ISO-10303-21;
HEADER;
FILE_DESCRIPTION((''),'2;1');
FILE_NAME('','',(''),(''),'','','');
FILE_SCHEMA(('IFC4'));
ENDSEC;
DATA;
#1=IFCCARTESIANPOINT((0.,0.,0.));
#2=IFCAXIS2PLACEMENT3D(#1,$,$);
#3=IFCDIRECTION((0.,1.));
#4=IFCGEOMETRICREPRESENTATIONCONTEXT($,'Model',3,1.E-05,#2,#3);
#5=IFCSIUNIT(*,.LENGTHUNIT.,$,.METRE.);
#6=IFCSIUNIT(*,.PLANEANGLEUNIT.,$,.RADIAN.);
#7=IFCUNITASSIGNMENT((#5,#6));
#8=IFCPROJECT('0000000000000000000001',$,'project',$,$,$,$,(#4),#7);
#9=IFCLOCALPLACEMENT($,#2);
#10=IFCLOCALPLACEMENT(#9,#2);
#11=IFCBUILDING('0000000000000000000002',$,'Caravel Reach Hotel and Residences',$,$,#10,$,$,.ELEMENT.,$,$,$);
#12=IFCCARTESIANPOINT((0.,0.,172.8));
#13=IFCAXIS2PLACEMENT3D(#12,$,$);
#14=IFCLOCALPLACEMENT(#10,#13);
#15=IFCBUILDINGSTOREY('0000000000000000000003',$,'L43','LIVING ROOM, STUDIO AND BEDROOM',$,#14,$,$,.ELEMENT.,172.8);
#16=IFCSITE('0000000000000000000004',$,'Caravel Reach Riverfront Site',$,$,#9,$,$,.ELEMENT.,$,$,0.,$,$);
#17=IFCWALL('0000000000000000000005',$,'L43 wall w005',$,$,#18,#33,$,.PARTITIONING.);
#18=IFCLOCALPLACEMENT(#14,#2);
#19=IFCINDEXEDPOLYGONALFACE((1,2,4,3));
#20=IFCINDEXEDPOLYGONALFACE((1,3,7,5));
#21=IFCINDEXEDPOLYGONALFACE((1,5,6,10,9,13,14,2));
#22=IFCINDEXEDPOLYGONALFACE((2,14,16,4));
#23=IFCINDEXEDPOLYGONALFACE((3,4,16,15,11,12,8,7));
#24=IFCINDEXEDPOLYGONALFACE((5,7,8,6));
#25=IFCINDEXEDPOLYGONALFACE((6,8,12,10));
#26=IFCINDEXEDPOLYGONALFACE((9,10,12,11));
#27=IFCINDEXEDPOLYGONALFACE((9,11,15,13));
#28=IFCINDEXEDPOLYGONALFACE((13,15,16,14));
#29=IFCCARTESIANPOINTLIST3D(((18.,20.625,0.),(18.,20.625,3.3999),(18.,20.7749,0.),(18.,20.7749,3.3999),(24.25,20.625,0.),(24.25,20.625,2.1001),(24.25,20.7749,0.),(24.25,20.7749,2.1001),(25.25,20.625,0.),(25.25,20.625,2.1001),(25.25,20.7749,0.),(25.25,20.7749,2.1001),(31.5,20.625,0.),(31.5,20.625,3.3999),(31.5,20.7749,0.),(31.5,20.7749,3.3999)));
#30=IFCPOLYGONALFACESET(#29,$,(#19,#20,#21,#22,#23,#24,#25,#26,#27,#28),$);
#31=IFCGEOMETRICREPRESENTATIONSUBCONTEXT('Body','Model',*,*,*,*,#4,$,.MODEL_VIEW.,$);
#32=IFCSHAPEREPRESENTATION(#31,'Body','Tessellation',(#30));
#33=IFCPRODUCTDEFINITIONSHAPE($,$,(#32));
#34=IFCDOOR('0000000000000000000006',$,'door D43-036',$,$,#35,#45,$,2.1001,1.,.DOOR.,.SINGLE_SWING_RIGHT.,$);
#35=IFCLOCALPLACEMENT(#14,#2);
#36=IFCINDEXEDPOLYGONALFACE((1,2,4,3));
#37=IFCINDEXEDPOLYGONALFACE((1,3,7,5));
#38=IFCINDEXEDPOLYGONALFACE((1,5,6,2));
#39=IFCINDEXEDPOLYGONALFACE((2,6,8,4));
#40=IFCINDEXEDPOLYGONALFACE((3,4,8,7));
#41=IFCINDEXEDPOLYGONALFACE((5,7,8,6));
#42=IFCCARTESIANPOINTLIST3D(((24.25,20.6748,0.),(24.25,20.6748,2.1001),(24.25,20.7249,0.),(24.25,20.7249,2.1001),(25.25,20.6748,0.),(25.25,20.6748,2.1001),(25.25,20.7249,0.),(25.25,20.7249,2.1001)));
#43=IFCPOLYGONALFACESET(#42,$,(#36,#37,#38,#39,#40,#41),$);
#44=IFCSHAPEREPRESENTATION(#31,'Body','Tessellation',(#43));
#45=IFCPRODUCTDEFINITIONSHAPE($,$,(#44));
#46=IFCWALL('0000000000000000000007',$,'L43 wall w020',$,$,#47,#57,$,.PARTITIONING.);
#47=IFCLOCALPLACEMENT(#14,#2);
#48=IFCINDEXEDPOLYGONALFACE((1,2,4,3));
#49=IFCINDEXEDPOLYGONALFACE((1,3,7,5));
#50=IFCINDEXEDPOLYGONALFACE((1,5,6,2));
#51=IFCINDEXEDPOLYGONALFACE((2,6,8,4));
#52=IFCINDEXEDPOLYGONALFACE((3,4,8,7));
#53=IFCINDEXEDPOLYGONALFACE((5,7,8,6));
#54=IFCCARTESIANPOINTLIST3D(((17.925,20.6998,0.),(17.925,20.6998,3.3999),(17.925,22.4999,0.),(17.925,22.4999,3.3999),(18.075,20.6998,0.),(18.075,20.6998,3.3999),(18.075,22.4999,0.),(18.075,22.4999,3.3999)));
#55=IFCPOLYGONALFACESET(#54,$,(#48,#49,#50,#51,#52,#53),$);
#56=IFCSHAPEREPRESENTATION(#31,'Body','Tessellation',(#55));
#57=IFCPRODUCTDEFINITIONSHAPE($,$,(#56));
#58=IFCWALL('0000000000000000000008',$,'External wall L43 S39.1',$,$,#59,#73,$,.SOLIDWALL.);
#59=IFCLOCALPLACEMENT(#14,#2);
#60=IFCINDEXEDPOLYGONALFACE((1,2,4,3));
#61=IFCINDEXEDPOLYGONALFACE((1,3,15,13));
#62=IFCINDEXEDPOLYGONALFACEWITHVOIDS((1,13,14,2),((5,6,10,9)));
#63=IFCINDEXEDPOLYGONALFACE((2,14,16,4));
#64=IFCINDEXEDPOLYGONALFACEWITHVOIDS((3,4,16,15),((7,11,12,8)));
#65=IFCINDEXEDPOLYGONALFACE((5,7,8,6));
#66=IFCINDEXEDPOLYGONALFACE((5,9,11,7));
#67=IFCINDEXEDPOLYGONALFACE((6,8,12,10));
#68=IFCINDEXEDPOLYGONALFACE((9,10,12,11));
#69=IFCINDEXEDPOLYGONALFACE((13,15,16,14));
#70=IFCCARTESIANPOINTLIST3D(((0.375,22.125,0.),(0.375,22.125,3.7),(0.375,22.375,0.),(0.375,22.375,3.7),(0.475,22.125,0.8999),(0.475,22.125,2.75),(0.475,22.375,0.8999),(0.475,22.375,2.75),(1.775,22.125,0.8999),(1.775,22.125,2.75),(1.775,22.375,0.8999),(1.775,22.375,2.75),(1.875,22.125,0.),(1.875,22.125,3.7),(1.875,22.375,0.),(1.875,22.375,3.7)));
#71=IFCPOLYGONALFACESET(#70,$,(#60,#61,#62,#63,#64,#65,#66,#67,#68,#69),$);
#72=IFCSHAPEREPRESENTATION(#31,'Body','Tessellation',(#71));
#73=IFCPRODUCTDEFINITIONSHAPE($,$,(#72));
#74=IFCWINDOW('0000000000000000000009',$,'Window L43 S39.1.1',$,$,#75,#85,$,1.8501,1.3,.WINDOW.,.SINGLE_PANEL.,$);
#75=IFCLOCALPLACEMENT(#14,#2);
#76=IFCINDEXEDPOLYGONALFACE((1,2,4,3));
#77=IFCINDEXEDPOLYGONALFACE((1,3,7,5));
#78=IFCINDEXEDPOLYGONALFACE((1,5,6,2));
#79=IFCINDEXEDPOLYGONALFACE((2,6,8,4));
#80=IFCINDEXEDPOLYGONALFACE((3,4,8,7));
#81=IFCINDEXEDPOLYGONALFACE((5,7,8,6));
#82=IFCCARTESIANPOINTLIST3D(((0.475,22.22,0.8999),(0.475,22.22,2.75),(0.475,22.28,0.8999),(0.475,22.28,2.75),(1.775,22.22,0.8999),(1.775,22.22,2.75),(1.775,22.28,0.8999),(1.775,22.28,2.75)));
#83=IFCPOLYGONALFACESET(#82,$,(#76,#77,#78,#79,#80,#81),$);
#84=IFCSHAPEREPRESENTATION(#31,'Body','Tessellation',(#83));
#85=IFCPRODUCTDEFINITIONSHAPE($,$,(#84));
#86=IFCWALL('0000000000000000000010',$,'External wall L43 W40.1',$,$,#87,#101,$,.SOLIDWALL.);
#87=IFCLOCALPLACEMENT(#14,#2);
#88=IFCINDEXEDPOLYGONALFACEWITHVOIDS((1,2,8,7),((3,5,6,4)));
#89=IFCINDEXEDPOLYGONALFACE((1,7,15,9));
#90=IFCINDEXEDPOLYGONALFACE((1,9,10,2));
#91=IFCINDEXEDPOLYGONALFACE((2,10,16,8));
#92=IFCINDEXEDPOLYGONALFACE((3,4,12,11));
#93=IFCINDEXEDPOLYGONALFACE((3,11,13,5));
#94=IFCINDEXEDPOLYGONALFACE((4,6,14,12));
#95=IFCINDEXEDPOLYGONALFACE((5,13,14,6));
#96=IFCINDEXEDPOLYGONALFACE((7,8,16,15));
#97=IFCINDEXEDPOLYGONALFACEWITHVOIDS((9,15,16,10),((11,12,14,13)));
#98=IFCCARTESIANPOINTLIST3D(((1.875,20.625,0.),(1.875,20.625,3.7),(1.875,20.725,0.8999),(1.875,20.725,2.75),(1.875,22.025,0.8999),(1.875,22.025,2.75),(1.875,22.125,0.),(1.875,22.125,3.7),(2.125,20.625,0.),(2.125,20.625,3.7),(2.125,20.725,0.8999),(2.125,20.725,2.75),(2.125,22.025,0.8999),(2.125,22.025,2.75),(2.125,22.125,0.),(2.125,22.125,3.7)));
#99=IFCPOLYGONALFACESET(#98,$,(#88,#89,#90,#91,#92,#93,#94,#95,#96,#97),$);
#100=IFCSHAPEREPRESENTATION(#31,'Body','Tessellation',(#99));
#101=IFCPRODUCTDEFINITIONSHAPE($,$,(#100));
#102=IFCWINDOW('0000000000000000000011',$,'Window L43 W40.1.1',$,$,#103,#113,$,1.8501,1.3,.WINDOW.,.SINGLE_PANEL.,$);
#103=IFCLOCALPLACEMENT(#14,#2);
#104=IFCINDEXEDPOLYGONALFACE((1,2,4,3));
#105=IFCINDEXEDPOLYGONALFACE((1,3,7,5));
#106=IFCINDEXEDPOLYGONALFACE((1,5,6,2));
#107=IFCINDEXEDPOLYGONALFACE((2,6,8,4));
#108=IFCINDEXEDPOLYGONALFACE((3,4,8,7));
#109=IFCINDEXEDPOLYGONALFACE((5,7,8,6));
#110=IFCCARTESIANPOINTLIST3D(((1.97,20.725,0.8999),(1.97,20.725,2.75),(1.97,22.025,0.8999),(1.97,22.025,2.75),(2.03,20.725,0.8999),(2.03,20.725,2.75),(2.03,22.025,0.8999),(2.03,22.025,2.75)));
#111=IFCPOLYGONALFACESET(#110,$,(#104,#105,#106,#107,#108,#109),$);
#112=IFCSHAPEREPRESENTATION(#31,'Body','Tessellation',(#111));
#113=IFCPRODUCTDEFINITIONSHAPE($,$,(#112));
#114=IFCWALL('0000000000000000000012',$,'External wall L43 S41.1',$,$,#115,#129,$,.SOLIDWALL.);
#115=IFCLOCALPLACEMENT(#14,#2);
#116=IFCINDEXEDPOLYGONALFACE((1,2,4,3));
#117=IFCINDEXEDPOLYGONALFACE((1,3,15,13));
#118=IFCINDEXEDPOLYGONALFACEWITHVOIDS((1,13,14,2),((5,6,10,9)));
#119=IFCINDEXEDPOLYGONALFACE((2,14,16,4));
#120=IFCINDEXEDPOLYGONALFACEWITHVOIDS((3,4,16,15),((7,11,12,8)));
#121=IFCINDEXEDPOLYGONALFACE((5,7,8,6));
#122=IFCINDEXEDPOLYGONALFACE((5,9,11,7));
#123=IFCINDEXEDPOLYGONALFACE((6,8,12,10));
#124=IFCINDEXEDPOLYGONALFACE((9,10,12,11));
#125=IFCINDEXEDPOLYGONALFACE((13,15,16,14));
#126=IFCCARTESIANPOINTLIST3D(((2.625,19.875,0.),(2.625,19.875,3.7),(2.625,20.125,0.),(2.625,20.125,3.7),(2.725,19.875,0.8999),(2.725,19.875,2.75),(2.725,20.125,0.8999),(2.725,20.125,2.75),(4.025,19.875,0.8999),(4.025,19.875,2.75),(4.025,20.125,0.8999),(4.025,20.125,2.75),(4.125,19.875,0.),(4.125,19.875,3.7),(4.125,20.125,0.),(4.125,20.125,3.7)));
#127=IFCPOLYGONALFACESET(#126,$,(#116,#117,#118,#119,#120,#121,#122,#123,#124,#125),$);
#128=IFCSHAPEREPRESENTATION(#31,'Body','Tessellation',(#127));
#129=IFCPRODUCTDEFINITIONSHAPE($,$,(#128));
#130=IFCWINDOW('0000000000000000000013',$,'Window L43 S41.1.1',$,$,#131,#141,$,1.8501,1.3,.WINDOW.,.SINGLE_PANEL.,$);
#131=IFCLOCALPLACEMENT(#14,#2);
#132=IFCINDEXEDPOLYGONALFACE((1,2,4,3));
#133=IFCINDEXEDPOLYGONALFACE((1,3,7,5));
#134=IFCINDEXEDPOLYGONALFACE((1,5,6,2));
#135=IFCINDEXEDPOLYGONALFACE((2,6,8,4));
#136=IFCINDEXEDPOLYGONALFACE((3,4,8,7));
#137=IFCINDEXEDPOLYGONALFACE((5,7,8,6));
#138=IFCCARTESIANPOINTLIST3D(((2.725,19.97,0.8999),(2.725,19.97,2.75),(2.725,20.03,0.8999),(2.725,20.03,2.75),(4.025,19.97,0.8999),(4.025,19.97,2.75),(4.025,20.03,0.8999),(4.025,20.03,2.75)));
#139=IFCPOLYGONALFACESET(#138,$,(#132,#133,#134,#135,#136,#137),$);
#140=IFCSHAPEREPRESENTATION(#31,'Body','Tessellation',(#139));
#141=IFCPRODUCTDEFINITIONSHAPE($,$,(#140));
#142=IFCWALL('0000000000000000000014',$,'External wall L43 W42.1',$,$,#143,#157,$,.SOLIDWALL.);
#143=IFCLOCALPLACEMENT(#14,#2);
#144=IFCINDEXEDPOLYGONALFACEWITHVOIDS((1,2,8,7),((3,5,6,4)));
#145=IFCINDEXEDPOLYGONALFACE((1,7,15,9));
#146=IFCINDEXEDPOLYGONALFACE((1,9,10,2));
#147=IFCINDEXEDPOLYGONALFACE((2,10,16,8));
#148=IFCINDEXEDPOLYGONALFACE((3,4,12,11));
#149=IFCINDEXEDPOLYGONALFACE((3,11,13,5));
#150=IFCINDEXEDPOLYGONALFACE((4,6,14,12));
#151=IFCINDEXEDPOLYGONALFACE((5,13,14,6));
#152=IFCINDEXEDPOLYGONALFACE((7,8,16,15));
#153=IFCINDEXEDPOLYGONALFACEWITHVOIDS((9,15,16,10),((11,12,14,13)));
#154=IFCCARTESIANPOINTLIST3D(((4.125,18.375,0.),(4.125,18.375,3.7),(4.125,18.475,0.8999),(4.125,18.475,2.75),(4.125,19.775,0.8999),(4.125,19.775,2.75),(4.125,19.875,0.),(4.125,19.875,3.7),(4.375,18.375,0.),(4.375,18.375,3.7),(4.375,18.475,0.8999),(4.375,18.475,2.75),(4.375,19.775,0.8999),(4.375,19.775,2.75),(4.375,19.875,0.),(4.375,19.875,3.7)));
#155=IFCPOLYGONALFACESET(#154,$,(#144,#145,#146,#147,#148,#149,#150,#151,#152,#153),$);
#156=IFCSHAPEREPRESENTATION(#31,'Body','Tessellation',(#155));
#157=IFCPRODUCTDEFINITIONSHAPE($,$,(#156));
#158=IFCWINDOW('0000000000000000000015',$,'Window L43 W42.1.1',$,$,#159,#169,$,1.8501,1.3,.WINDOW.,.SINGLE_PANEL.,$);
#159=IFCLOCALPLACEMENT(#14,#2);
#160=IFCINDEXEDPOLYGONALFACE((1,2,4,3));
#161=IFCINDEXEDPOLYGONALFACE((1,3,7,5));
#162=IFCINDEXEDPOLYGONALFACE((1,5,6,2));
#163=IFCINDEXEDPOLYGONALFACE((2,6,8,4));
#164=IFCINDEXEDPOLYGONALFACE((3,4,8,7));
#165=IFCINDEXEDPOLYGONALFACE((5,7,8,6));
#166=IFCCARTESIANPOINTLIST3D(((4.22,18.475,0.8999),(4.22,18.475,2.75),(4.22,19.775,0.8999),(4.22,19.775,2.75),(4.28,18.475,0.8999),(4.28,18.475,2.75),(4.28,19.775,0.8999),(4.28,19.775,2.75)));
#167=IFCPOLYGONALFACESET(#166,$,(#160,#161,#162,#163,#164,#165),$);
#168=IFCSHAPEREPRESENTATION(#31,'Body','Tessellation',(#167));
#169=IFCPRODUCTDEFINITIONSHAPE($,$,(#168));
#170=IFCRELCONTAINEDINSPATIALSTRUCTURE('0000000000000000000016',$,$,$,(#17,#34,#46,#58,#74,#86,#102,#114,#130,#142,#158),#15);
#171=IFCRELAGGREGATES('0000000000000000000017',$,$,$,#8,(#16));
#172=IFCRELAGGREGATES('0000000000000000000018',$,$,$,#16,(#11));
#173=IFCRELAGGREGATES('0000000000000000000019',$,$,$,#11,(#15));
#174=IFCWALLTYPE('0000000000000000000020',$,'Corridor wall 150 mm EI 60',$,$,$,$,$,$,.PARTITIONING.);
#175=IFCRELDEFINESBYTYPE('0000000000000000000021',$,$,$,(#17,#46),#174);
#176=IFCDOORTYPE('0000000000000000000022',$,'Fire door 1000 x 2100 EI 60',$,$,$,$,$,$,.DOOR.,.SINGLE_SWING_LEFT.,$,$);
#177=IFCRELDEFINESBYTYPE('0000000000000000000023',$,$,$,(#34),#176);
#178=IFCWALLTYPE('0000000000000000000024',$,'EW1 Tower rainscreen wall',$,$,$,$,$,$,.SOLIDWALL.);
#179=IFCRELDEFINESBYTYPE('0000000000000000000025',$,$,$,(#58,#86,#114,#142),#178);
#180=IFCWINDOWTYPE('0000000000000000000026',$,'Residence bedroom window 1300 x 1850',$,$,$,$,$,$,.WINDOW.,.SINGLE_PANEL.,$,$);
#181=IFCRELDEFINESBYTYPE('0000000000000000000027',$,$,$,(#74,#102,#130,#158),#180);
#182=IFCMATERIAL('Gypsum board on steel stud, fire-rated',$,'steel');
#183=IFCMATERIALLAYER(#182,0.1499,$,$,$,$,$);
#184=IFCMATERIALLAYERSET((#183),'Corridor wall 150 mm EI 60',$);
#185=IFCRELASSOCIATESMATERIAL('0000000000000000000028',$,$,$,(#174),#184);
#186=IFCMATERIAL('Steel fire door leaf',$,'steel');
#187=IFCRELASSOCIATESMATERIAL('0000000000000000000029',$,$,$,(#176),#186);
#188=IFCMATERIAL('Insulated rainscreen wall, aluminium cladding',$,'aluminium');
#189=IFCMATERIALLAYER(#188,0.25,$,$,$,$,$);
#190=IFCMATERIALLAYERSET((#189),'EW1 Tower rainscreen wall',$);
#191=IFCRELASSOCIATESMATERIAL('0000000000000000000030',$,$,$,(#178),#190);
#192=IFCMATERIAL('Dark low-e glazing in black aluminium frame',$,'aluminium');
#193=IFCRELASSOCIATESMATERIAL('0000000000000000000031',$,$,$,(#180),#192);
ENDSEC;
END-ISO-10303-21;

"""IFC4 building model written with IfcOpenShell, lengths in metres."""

from ifc_helpers import new_model, si_unit, direction, frame, frame_2d, origin, place, context, subcontext, project, spatial, rectangle, extrude, material, layer, layer_set, type_object, element, fill, save


model = new_model("IFC4")

# Units and contexts
model_context = context("Model", 3, precision=1e-05, world=origin(), true_north=direction((0.0, 1.0)))
body_context = subcontext(model_context, "Body", "Model", "MODEL_VIEW")
ifc_project = project(units=[si_unit("LENGTHUNIT", "METRE"), si_unit("PLANEANGLEUNIT", "RADIAN")], contexts=[model_context])

# Site, building, storey
site_placement = place(None, origin())
site = spatial("IfcSite", under=ifc_project, at=site_placement, Name="Caravel Reach Riverfront Site", CompositionType="ELEMENT", RefElevation=0.0)
building_placement = place(site_placement, origin())
building = spatial("IfcBuilding", under=site, at=building_placement, Name="Caravel Reach Hotel and Residences", CompositionType="ELEMENT")
storey_placement = place(building_placement, frame((0.0, 0.0, 172.8)))
storey = spatial("IfcBuildingStorey", under=building, at=storey_placement, Name="L43", Description="LIVING ROOM, STUDIO AND BEDROOM", CompositionType="ELEMENT", Elevation=172.8)

# Wall, opening, door
ifc_material_1 = material(Name="Gypsum board on steel stud, fire-rated", Category="steel")
ifc_layer_1 = layer(ifc_material_1, 0.1499)
ifc_layer_set_1 = layer_set([ifc_layer_1], Name="Corridor wall 150 mm EI 60")
wall_type_1 = type_object("IfcWallType", Name="Corridor wall 150 mm EI 60", PredefinedType="PARTITIONING", material=ifc_layer_set_1)
wall_1_placement = place(storey_placement, frame((18.0, 20.7, 0.0), z_axis=(0.0, 0.0, 1.0), x_axis=(1.0, 0.0, 0.0)))
wall_1 = element("IfcWall", 1, at=wall_1_placement, inside=storey, type_object=wall_type_1, Name="L43 wall w005", PredefinedType="PARTITIONING", context=body_context, shape_type="SweptSolid", body=[
    extrude(rectangle(XDim=13.5, YDim=0.1499, at=frame_2d((6.75, 0.0))), origin(), (0.0, 0.0, 1.0), 3.3999),
])
opening_1_placement = place(wall_1_placement, frame((6.25, 0.0, 0.0)))
opening_1 = element("IfcOpeningElement", 2, at=opening_1_placement, cuts=wall_1, PredefinedType="OPENING", context=body_context, shape_type="SweptSolid", body=[
    extrude(rectangle(XDim=1.0, YDim=2.1001, at=frame_2d((0.5, 1.05))), frame((0.0, 0.085, 0.0), z_axis=(0.0, -1.0, 0.0), x_axis=(1.0, 0.0, 0.0)), (0.0, 0.0, 1.0), 0.1699),
])
ifc_material_2 = material(Name="Steel fire door leaf", Category="steel")
door_type = type_object("IfcDoorType", Name="Fire door 1000 x 2100 EI 60", OperationType="SINGLE_SWING_LEFT", PredefinedType="DOOR", material=ifc_material_2)
door_placement = place(opening_1_placement, origin())
door = element("IfcDoor", 3, at=door_placement, inside=storey, type_object=door_type, Name="door D43-036", OperationType="SINGLE_SWING_RIGHT", OverallHeight=2.1001, OverallWidth=1.0, PredefinedType="DOOR", context=body_context, shape_type="SweptSolid", body=[
    extrude(rectangle(XDim=1.0, YDim=2.1001, at=frame_2d((0.5, 1.05))), frame((0.0, 0.0249, 0.0), z_axis=(0.0, -1.0, 0.0), x_axis=(1.0, 0.0, 0.0)), (0.0, 0.0, 1.0), 0.05),
])
fill(opening_1, door)

# Wall
wall_2_placement = place(storey_placement, frame((18.0, 20.7, 0.0), z_axis=(0.0, 0.0, 1.0), x_axis=(0.0, 1.0, 0.0)))
element("IfcWall", 4, at=wall_2_placement, inside=storey, type_object=wall_type_1, Name="L43 wall w020", PredefinedType="PARTITIONING", context=body_context, shape_type="SweptSolid", body=[
    extrude(rectangle(XDim=1.8, YDim=0.1499, at=frame_2d((0.8999, 0.0))), origin(), (0.0, 0.0, 1.0), 3.3999),
])

# Walls, openings, windows
ifc_material_3 = material(Name="Insulated rainscreen wall, aluminium cladding", Category="aluminium")
ifc_layer_2 = layer(ifc_material_3, 0.25)
ifc_layer_set_2 = layer_set([ifc_layer_2], Name="EW1 Tower rainscreen wall")
wall_type_2 = type_object("IfcWallType", Name="EW1 Tower rainscreen wall", PredefinedType="SOLIDWALL", material=ifc_layer_set_2)
wall_3_placement = place(storey_placement, frame((0.375, 22.25, 0.0), z_axis=(0.0, 0.0, 1.0), x_axis=(1.0, 0.0, 0.0)))
wall_3 = element("IfcWall", 5, at=wall_3_placement, inside=storey, type_object=wall_type_2, Name="External wall L43 S39.1", PredefinedType="SOLIDWALL", context=body_context, shape_type="SweptSolid", body=[
    extrude(rectangle(XDim=1.5, YDim=0.25, at=frame_2d((0.75, 0.0))), origin(), (0.0, 0.0, 1.0), 3.7),
])
opening_2_placement = place(wall_3_placement, frame((0.1001, 0.0, 0.8999)))
opening_2 = element("IfcOpeningElement", 6, at=opening_2_placement, cuts=wall_3, PredefinedType="OPENING", context=body_context, shape_type="SweptSolid", body=[
    extrude(rectangle(XDim=1.3, YDim=1.8501, at=frame_2d((0.6499, 0.925))), frame((0.0, 0.135, 0.0), z_axis=(0.0, -1.0, 0.0), x_axis=(1.0, 0.0, 0.0)), (0.0, 0.0, 1.0), 0.27),
])
ifc_material_4 = material(Name="Dark low-e glazing in black aluminium frame", Category="aluminium")
window_type_1 = type_object("IfcWindowType", Name="Residence bedroom window 1300 x 1850", PartitioningType="SINGLE_PANEL", PredefinedType="WINDOW", material=ifc_material_4)
window_1_placement = place(opening_2_placement, origin())
window_1 = element("IfcWindow", 7, at=window_1_placement, inside=storey, type_object=window_type_1, Name="Window L43 S39.1.1", OverallHeight=1.8501, OverallWidth=1.3, PartitioningType="SINGLE_PANEL", PredefinedType="WINDOW", context=body_context, shape_type="SweptSolid", body=[
    extrude(rectangle(XDim=1.3, YDim=1.8501, at=frame_2d((0.6499, 0.925))), frame((0.0, 0.03, 0.0), z_axis=(0.0, -1.0, 0.0), x_axis=(1.0, 0.0, 0.0)), (0.0, 0.0, 1.0), 0.0601),
])
fill(opening_2, window_1)
wall_4_placement = place(storey_placement, frame((2.0, 22.125, 0.0), z_axis=(0.0, 0.0, 1.0), x_axis=(0.0, -1.0, 0.0)))
wall_4 = element("IfcWall", 8, at=wall_4_placement, inside=storey, type_object=wall_type_2, Name="External wall L43 W40.1", PredefinedType="SOLIDWALL", context=body_context, shape_type="SweptSolid", body=[
    extrude(rectangle(XDim=1.5, YDim=0.25, at=frame_2d((0.75, 0.0))), origin(), (0.0, 0.0, 1.0), 3.7),
])
opening_3_placement = place(wall_4_placement, frame((0.1001, 0.0, 0.8999)))
opening_3 = element("IfcOpeningElement", 9, at=opening_3_placement, cuts=wall_4, PredefinedType="OPENING", context=body_context, shape_type="SweptSolid", body=[
    extrude(rectangle(XDim=1.3, YDim=1.8501, at=frame_2d((0.6499, 0.925))), frame((0.0, 0.135, 0.0), z_axis=(0.0, -1.0, 0.0), x_axis=(1.0, 0.0, 0.0)), (0.0, 0.0, 1.0), 0.27),
])
window_2_placement = place(opening_3_placement, origin())
window_2 = element("IfcWindow", 10, at=window_2_placement, inside=storey, type_object=window_type_1, Name="Window L43 W40.1.1", OverallHeight=1.8501, OverallWidth=1.3, PartitioningType="SINGLE_PANEL", PredefinedType="WINDOW", context=body_context, shape_type="SweptSolid", body=[
    extrude(rectangle(XDim=1.3, YDim=1.8501, at=frame_2d((0.6499, 0.925))), frame((0.0, 0.03, 0.0), z_axis=(0.0, -1.0, 0.0), x_axis=(1.0, 0.0, 0.0)), (0.0, 0.0, 1.0), 0.0601),
])
fill(opening_3, window_2)
wall_5_placement = place(storey_placement, frame((2.625, 20.0, 0.0), z_axis=(0.0, 0.0, 1.0), x_axis=(1.0, 0.0, 0.0)))
wall_5 = element("IfcWall", 11, at=wall_5_placement, inside=storey, type_object=wall_type_2, Name="External wall L43 S41.1", PredefinedType="SOLIDWALL", context=body_context, shape_type="SweptSolid", body=[
    extrude(rectangle(XDim=1.5, YDim=0.25, at=frame_2d((0.75, 0.0))), origin(), (0.0, 0.0, 1.0), 3.7),
])
opening_4_placement = place(wall_5_placement, frame((0.1001, 0.0, 0.8999)))
opening_4 = element("IfcOpeningElement", 12, at=opening_4_placement, cuts=wall_5, PredefinedType="OPENING", context=body_context, shape_type="SweptSolid", body=[
    extrude(rectangle(XDim=1.3, YDim=1.8501, at=frame_2d((0.6499, 0.925))), frame((0.0, 0.135, 0.0), z_axis=(0.0, -1.0, 0.0), x_axis=(1.0, 0.0, 0.0)), (0.0, 0.0, 1.0), 0.27),
])
window_3_placement = place(opening_4_placement, origin())
window_3 = element("IfcWindow", 13, at=window_3_placement, inside=storey, type_object=window_type_1, Name="Window L43 S41.1.1", OverallHeight=1.8501, OverallWidth=1.3, PartitioningType="SINGLE_PANEL", PredefinedType="WINDOW", context=body_context, shape_type="SweptSolid", body=[
    extrude(rectangle(XDim=1.3, YDim=1.8501, at=frame_2d((0.6499, 0.925))), frame((0.0, 0.03, 0.0), z_axis=(0.0, -1.0, 0.0), x_axis=(1.0, 0.0, 0.0)), (0.0, 0.0, 1.0), 0.0601),
])
fill(opening_4, window_3)
wall_6_placement = place(storey_placement, frame((4.25, 19.875, 0.0), z_axis=(0.0, 0.0, 1.0), x_axis=(0.0, -1.0, 0.0)))
wall_6 = element("IfcWall", 14, at=wall_6_placement, inside=storey, type_object=wall_type_2, Name="External wall L43 W42.1", PredefinedType="SOLIDWALL", context=body_context, shape_type="SweptSolid", body=[
    extrude(rectangle(XDim=1.5, YDim=0.25, at=frame_2d((0.75, 0.0))), origin(), (0.0, 0.0, 1.0), 3.7),
])
opening_5_placement = place(wall_6_placement, frame((0.1001, 0.0, 0.8999)))
opening_5 = element("IfcOpeningElement", 15, at=opening_5_placement, cuts=wall_6, PredefinedType="OPENING", context=body_context, shape_type="SweptSolid", body=[
    extrude(rectangle(XDim=1.3, YDim=1.8501, at=frame_2d((0.6499, 0.925))), frame((0.0, 0.135, 0.0), z_axis=(0.0, -1.0, 0.0), x_axis=(1.0, 0.0, 0.0)), (0.0, 0.0, 1.0), 0.27),
])
window_4_placement = place(opening_5_placement, origin())
window_4 = element("IfcWindow", 16, at=window_4_placement, inside=storey, type_object=window_type_1, Name="Window L43 W42.1.1", OverallHeight=1.8501, OverallWidth=1.3, PartitioningType="SINGLE_PANEL", PredefinedType="WINDOW", context=body_context, shape_type="SweptSolid", body=[
    extrude(rectangle(XDim=1.3, YDim=1.8501, at=frame_2d((0.6499, 0.925))), frame((0.0, 0.03, 0.0), z_axis=(0.0, -1.0, 0.0), x_axis=(1.0, 0.0, 0.0)), (0.0, 0.0, 1.0), 0.0601),
])
fill(opening_5, window_4)

save(model, "model.ifc")
